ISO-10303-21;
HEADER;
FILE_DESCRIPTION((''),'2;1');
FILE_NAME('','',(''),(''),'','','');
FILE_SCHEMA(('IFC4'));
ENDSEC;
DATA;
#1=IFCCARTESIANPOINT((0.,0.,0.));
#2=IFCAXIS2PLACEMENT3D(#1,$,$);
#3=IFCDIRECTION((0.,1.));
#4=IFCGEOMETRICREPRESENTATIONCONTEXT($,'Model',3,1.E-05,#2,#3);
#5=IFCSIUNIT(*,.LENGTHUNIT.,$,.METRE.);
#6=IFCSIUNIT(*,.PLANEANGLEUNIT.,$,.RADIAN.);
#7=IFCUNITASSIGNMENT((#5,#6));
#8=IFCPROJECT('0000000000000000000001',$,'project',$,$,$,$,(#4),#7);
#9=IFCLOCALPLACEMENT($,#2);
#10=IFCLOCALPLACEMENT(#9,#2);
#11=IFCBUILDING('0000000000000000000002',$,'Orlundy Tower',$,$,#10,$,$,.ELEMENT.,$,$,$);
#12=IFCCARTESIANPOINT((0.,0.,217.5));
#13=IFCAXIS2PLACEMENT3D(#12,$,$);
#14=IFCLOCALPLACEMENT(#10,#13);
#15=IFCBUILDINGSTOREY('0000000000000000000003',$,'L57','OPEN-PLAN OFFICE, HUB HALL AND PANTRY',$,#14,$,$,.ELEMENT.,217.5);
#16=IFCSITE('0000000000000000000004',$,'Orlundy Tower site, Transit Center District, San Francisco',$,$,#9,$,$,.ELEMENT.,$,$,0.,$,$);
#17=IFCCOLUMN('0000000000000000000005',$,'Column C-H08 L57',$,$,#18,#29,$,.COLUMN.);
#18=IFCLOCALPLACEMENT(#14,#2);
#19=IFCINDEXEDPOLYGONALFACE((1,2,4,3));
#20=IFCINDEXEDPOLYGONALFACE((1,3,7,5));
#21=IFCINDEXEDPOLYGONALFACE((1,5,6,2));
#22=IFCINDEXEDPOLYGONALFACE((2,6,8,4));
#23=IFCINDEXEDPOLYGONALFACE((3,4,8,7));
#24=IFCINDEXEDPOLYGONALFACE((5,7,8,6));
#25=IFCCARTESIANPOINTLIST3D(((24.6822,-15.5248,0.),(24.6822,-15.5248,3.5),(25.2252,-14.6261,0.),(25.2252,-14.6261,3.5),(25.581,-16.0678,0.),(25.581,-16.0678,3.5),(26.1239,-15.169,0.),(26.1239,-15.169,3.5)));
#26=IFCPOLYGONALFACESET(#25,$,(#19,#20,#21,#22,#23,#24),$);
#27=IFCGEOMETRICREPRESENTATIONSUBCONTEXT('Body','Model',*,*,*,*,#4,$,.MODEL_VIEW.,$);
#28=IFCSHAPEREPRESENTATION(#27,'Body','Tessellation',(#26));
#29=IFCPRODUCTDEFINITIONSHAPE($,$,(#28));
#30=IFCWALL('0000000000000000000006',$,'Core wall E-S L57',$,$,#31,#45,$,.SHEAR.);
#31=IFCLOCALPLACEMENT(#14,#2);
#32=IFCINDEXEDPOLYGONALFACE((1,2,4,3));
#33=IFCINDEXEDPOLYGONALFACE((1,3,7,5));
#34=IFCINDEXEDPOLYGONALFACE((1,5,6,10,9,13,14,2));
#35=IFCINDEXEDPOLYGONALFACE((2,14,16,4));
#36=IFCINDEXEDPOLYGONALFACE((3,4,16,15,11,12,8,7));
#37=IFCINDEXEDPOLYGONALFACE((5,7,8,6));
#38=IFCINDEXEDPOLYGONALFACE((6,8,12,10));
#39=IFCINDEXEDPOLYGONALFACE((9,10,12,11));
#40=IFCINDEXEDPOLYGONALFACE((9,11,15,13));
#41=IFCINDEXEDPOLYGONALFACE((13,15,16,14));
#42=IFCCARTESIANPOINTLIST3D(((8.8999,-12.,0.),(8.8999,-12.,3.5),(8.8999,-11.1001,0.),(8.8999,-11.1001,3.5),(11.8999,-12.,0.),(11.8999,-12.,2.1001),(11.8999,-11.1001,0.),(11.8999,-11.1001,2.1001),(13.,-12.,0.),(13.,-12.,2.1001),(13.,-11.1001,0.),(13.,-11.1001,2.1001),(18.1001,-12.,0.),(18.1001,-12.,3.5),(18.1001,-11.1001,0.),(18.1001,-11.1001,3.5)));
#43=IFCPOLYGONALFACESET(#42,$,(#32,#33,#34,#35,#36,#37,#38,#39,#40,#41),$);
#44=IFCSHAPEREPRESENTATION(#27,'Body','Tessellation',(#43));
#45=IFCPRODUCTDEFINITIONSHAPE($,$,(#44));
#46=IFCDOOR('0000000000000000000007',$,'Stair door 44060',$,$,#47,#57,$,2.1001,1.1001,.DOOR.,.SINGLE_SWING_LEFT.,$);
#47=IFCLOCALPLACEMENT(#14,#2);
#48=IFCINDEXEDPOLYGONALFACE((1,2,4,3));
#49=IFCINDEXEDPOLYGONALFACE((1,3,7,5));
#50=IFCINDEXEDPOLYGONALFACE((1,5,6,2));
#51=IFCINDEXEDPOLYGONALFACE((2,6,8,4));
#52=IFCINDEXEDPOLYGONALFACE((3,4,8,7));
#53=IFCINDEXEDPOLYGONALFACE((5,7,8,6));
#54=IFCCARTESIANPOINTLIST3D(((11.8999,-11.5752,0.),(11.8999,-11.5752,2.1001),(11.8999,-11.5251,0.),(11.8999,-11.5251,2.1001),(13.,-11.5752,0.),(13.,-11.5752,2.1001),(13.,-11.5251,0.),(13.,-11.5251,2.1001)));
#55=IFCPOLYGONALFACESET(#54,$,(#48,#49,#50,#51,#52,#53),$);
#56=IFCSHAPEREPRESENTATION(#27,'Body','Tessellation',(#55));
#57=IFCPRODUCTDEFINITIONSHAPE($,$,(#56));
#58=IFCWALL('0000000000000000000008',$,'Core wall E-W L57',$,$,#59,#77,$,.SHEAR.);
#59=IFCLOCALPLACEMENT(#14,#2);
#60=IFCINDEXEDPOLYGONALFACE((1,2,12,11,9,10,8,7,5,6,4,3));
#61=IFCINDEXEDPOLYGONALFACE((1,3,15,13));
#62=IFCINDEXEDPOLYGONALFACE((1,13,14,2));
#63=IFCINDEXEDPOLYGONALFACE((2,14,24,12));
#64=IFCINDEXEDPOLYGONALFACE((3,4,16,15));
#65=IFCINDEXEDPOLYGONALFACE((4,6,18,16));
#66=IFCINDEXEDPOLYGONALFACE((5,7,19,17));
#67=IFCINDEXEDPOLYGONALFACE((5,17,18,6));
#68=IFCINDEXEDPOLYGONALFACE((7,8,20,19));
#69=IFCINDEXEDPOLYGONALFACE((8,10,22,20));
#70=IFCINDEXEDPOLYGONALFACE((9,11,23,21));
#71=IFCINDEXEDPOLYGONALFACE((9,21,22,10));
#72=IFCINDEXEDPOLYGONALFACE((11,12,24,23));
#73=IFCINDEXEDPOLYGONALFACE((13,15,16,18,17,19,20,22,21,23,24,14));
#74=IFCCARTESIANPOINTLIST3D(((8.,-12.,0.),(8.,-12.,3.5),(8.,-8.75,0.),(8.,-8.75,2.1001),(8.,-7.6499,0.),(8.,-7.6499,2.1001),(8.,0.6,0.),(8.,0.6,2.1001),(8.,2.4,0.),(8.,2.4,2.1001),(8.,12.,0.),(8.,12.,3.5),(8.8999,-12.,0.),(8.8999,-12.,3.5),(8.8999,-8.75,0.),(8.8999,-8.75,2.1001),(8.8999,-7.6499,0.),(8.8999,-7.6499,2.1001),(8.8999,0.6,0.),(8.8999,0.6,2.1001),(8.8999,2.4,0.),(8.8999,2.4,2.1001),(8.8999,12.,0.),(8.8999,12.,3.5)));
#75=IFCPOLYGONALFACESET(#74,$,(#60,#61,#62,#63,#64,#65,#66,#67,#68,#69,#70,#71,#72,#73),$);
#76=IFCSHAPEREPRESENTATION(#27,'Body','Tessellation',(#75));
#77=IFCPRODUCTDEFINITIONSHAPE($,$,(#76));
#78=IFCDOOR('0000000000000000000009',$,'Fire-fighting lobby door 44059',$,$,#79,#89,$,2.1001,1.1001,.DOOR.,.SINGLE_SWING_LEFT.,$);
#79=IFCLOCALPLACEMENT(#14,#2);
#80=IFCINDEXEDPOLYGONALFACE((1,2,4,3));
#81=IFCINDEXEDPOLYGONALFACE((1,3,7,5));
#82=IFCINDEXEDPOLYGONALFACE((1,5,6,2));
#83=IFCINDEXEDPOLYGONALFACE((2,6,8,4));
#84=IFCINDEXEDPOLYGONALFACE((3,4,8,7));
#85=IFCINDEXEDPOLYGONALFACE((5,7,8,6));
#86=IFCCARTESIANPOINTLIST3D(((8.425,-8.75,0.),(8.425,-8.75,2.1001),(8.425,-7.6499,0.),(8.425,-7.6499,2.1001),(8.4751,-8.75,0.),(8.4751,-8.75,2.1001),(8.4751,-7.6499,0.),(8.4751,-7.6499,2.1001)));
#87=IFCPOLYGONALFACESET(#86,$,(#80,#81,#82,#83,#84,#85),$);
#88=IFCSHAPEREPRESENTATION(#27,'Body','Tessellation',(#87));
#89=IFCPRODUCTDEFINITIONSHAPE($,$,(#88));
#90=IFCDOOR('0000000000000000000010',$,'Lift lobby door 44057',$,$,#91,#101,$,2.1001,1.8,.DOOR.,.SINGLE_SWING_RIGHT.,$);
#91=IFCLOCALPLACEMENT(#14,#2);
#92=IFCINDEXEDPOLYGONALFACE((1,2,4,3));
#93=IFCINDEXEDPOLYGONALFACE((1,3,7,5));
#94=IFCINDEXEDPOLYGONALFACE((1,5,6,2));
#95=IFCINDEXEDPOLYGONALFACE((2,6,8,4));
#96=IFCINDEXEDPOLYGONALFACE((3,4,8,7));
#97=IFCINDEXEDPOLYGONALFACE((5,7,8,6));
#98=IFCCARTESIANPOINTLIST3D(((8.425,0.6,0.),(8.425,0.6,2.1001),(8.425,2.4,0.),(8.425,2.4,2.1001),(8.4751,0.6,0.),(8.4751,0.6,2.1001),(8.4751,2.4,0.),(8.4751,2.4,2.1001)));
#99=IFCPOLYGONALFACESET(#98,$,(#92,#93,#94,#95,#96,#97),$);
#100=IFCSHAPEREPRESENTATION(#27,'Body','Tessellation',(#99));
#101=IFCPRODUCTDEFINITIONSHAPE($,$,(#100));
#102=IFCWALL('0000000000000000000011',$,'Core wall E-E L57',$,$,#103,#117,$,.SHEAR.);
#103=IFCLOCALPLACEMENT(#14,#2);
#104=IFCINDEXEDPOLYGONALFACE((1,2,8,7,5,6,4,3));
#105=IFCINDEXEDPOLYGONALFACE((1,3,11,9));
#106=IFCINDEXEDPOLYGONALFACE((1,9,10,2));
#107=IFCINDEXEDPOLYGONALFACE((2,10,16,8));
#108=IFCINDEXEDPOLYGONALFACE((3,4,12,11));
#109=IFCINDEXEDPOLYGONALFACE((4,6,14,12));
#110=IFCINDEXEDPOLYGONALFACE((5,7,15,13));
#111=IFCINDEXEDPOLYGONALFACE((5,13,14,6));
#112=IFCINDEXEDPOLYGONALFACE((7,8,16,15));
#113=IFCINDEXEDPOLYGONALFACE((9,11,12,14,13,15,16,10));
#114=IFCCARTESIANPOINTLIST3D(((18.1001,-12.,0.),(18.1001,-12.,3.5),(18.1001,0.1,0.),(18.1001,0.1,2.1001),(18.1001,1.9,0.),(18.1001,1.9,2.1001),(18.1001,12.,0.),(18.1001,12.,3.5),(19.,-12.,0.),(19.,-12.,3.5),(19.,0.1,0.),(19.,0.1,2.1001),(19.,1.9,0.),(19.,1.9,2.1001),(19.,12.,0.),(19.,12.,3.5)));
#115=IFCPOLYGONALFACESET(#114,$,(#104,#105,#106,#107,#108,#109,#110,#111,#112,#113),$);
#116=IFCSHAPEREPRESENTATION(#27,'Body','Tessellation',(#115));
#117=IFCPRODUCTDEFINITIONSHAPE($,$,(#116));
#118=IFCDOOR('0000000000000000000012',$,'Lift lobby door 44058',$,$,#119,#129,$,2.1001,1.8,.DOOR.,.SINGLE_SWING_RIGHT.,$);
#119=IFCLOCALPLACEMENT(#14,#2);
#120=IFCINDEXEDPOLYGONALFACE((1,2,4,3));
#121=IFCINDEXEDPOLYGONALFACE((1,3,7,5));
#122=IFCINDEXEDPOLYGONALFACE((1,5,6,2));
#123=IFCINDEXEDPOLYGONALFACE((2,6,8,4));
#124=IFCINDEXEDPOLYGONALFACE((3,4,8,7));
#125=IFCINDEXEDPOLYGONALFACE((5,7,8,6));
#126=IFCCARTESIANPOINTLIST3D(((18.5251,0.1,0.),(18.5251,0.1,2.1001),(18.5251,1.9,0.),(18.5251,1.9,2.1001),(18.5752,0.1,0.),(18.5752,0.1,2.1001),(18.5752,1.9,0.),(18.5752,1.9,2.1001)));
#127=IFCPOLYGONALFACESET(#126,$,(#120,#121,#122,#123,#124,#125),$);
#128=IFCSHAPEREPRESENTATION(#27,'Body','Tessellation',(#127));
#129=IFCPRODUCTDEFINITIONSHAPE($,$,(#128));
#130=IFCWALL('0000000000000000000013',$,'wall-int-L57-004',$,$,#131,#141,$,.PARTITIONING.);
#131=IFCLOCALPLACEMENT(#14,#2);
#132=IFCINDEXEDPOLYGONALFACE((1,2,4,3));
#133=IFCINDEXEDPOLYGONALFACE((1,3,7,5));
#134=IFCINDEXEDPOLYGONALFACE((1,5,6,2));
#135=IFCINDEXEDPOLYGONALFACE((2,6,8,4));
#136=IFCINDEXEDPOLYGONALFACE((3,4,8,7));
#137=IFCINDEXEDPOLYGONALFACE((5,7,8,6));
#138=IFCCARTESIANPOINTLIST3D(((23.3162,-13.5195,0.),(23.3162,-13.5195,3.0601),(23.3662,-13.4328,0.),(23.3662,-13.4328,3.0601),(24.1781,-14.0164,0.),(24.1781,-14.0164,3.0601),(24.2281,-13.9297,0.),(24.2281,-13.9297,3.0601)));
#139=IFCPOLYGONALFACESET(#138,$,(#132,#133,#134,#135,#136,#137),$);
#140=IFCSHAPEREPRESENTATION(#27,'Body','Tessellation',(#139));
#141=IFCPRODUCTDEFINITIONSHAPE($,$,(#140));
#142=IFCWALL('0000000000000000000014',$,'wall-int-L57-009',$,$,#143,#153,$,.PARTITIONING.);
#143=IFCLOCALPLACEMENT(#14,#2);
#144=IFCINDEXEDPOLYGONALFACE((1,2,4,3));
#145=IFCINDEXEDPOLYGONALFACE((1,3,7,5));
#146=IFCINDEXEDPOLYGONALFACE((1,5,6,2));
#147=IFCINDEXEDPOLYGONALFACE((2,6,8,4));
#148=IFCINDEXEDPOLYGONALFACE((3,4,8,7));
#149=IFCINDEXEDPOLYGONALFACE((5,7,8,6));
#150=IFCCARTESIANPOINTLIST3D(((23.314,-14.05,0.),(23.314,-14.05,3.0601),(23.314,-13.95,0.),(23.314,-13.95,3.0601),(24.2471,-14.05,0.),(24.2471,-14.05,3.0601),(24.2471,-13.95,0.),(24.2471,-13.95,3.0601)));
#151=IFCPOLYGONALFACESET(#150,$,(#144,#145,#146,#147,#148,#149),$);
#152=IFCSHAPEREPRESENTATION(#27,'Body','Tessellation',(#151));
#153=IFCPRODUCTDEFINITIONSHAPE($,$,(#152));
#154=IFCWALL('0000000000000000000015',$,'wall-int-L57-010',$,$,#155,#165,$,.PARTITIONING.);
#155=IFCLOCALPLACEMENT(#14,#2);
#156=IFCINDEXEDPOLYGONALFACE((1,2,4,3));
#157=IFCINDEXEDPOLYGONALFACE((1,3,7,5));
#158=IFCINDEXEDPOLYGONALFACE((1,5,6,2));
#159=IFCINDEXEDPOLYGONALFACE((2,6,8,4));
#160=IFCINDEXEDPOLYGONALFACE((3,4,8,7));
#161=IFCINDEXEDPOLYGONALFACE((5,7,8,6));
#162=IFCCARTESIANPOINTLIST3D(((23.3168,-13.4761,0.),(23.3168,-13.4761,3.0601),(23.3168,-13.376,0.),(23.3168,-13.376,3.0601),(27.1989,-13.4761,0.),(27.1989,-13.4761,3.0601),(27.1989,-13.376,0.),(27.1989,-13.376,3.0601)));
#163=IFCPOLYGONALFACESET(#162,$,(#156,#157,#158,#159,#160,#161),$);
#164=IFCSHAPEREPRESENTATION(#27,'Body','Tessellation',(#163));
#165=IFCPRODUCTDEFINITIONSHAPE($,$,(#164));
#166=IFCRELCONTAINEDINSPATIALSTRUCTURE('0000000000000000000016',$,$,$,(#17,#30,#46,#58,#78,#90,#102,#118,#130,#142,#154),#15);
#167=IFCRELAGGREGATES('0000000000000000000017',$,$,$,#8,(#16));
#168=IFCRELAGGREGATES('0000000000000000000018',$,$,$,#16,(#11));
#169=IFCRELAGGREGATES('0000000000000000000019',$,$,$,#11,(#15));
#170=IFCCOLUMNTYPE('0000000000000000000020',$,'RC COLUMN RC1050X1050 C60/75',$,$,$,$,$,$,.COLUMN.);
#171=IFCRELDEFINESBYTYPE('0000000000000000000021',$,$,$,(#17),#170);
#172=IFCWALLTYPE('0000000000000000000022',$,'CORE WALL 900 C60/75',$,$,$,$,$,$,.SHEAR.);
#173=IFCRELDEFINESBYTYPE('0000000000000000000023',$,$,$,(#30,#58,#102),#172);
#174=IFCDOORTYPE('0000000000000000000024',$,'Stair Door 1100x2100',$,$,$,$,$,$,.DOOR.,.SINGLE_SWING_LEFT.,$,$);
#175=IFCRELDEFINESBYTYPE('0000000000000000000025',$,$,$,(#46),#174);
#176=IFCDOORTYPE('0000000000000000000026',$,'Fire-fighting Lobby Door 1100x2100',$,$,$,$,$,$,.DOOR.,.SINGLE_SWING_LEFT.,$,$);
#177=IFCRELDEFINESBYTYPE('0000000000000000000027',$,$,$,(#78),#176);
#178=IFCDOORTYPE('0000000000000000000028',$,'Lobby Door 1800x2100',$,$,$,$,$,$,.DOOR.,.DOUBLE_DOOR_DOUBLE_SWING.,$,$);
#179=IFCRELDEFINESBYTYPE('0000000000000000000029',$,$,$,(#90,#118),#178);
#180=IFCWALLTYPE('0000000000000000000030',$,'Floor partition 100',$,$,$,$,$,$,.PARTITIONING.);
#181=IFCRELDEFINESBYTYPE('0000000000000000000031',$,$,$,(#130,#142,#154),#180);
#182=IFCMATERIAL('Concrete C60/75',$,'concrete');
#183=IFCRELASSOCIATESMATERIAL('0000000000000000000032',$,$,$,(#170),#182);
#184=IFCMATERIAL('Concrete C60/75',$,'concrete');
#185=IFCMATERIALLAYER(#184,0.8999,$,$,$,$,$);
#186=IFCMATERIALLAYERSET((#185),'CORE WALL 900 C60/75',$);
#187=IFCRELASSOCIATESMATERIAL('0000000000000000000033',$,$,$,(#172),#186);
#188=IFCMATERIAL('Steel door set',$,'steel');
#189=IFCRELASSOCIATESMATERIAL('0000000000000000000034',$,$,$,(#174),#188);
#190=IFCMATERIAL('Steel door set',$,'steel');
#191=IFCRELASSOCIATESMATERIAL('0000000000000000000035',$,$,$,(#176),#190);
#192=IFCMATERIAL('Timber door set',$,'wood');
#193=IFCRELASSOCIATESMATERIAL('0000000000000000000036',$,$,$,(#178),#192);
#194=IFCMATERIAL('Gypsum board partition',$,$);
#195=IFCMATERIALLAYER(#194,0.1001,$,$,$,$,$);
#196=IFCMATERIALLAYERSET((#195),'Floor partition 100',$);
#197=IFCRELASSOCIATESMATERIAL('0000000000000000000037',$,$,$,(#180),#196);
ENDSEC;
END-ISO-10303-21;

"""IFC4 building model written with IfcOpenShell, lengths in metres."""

from ifc_helpers import new_model, si_unit, direction, frame, frame_2d, origin, origin_2d, place, context, subcontext, project, spatial, rectangle, extrude, material, layer, layer_set, material_profile, profile_set, type_object, element, fill, save


model = new_model("IFC4")

# Units and contexts
model_context = context("Model", 3, precision=1e-05, world=origin(), true_north=direction((0.0, 1.0)))
body_context = subcontext(model_context, "Body", "Model", "MODEL_VIEW")
ifc_project = project(units=[si_unit("LENGTHUNIT", "METRE"), si_unit("PLANEANGLEUNIT", "RADIAN")], contexts=[model_context])

# Site, building, storey
site_placement = place(None, origin())
site = spatial("IfcSite", under=ifc_project, at=site_placement, Name="Orlundy Tower site, Transit Center District, San Francisco", CompositionType="ELEMENT", RefElevation=0.0)
building_placement = place(site_placement, origin())
building = spatial("IfcBuilding", under=site, at=building_placement, Name="Orlundy Tower", CompositionType="ELEMENT")
storey_placement = place(building_placement, frame((0.0, 0.0, 217.5)))
storey = spatial("IfcBuildingStorey", under=building, at=storey_placement, Name="L57", Description="OPEN-PLAN OFFICE, HUB HALL AND PANTRY", CompositionType="ELEMENT", Elevation=217.5)

# Column
ifc_material_1 = material(Name="Concrete C60/75", Category="concrete")
ifc_material_profile = material_profile(ifc_material_1, rectangle(XDim=1.05, YDim=1.05, at=origin_2d()), Name="RC1050X1050")
ifc_profile_set = profile_set([ifc_material_profile], Name="Concrete C60/75")
column_type = type_object("IfcColumnType", Name="RC COLUMN RC1050X1050 C60/75", PredefinedType="COLUMN", material=ifc_profile_set)
column_placement = place(storey_placement, frame((25.4031, -15.3469, 0.0), z_axis=(0.0, 0.0, 1.0), x_axis=(0.855924, -0.517101, 0.0)))
element("IfcColumn", 1, at=column_placement, inside=storey, type_object=column_type, Name="Column C-H08 L57", PredefinedType="COLUMN", context=body_context, shape_type="SweptSolid", body=[
    extrude(rectangle(XDim=1.05, YDim=1.05, at=origin_2d()), origin(), (0.0, 0.0, 1.0), 3.5),
])

# Wall, opening, door
ifc_material_2 = material(Name="Concrete C60/75", Category="concrete")
ifc_layer_1 = layer(ifc_material_2, 0.8999)
ifc_layer_set_1 = layer_set([ifc_layer_1], Name="CORE WALL 900 C60/75")
wall_type_1 = type_object("IfcWallType", Name="CORE WALL 900 C60/75", PredefinedType="SHEAR", material=ifc_layer_set_1)
wall_1_placement = place(storey_placement, frame((8.8999, -11.55, 0.0), z_axis=(0.0, 0.0, 1.0), x_axis=(1.0, 0.0, 0.0)))
wall_1 = element("IfcWall", 2, at=wall_1_placement, inside=storey, type_object=wall_type_1, Name="Core wall E-S L57", PredefinedType="SHEAR", context=body_context, shape_type="SweptSolid", body=[
    extrude(rectangle(XDim=9.2002, YDim=0.8999, at=frame_2d((4.6001, 0.0))), origin(), (0.0, 0.0, 1.0), 3.5),
])
opening_1_placement = place(wall_1_placement, frame((3.0, 0.0, 0.0)))
opening_1 = element("IfcOpeningElement", 3, at=opening_1_placement, cuts=wall_1, PredefinedType="OPENING", context=body_context, shape_type="SweptSolid", body=[
    extrude(rectangle(XDim=1.1001, YDim=2.1001, at=frame_2d((0.55, 1.05))), frame((0.0, 0.46, 0.0), z_axis=(0.0, -1.0, 0.0), x_axis=(1.0, 0.0, 0.0)), (0.0, 0.0, 1.0), 0.9199),
])
ifc_material_3 = material(Name="Steel door set", Category="steel")
door_type_1 = type_object("IfcDoorType", Name="Stair Door 1100x2100", OperationType="SINGLE_SWING_LEFT", PredefinedType="DOOR", material=ifc_material_3)
door_1_placement = place(opening_1_placement, origin())
door_1 = element("IfcDoor", 4, at=door_1_placement, inside=storey, type_object=door_type_1, Name="Stair door 44060", OperationType="SINGLE_SWING_LEFT", OverallHeight=2.1001, OverallWidth=1.1001, PredefinedType="DOOR", context=body_context, shape_type="SweptSolid", body=[
    extrude(rectangle(XDim=1.1001, YDim=2.1001, at=frame_2d((0.55, 1.05))), frame((0.0, 0.0249, 0.0), z_axis=(0.0, -1.0, 0.0), x_axis=(1.0, 0.0, 0.0)), (0.0, 0.0, 1.0), 0.05),
])
fill(opening_1, door_1)

# Wall, openings, doors
wall_2_placement = place(storey_placement, frame((8.45, -12.0, 0.0), z_axis=(0.0, 0.0, 1.0), x_axis=(0.0, 1.0, 0.0)))
wall_2 = element("IfcWall", 5, at=wall_2_placement, inside=storey, type_object=wall_type_1, Name="Core wall E-W L57", PredefinedType="SHEAR", context=body_context, shape_type="SweptSolid", body=[
    extrude(rectangle(XDim=24.0, YDim=0.8999, at=frame_2d((12.0, 0.0))), origin(), (0.0, 0.0, 1.0), 3.5),
])
opening_2_placement = place(wall_2_placement, frame((12.6001, 0.0, 0.0)))
opening_2 = element("IfcOpeningElement", 6, at=opening_2_placement, cuts=wall_2, PredefinedType="OPENING", context=body_context, shape_type="SweptSolid", body=[
    extrude(rectangle(XDim=1.8, YDim=2.1001, at=frame_2d((0.8999, 1.05))), frame((0.0, 0.46, 0.0), z_axis=(0.0, -1.0, 0.0), x_axis=(1.0, 0.0, 0.0)), (0.0, 0.0, 1.0), 0.9199),
])
opening_3_placement = place(wall_2_placement, frame((3.25, 0.0, 0.0)))
opening_3 = element("IfcOpeningElement", 7, at=opening_3_placement, cuts=wall_2, PredefinedType="OPENING", context=body_context, shape_type="SweptSolid", body=[
    extrude(rectangle(XDim=1.1001, YDim=2.1001, at=frame_2d((0.55, 1.05))), frame((0.0, 0.46, 0.0), z_axis=(0.0, -1.0, 0.0), x_axis=(1.0, 0.0, 0.0)), (0.0, 0.0, 1.0), 0.9199),
])
ifc_material_4 = material(Name="Steel door set", Category="steel")
door_type_2 = type_object("IfcDoorType", Name="Fire-fighting Lobby Door 1100x2100", OperationType="SINGLE_SWING_LEFT", PredefinedType="DOOR", material=ifc_material_4)
door_2_placement = place(opening_3_placement, origin())
door_2 = element("IfcDoor", 8, at=door_2_placement, inside=storey, type_object=door_type_2, Name="Fire-fighting lobby door 44059", OperationType="SINGLE_SWING_LEFT", OverallHeight=2.1001, OverallWidth=1.1001, PredefinedType="DOOR", context=body_context, shape_type="SweptSolid", body=[
    extrude(rectangle(XDim=1.1001, YDim=2.1001, at=frame_2d((0.55, 1.05))), frame((0.0, 0.0249, 0.0), z_axis=(0.0, -1.0, 0.0), x_axis=(1.0, 0.0, 0.0)), (0.0, 0.0, 1.0), 0.05),
])
fill(opening_3, door_2)
ifc_material_5 = material(Name="Timber door set", Category="wood")
door_type_3 = type_object("IfcDoorType", Name="Lobby Door 1800x2100", OperationType="DOUBLE_DOOR_DOUBLE_SWING", PredefinedType="DOOR", material=ifc_material_5)
door_3_placement = place(opening_2_placement, origin())
door_3 = element("IfcDoor", 9, at=door_3_placement, inside=storey, type_object=door_type_3, Name="Lift lobby door 44057", OperationType="SINGLE_SWING_RIGHT", OverallHeight=2.1001, OverallWidth=1.8, PredefinedType="DOOR", context=body_context, shape_type="SweptSolid", body=[
    extrude(rectangle(XDim=1.8, YDim=2.1001, at=frame_2d((0.8999, 1.05))), frame((0.0, 0.0249, 0.0), z_axis=(0.0, -1.0, 0.0), x_axis=(1.0, 0.0, 0.0)), (0.0, 0.0, 1.0), 0.05),
])
fill(opening_2, door_3)

# Wall, opening, door
wall_3_placement = place(storey_placement, frame((18.55, -12.0, 0.0), z_axis=(0.0, 0.0, 1.0), x_axis=(0.0, 1.0, 0.0)))
wall_3 = element("IfcWall", 10, at=wall_3_placement, inside=storey, type_object=wall_type_1, Name="Core wall E-E L57", PredefinedType="SHEAR", context=body_context, shape_type="SweptSolid", body=[
    extrude(rectangle(XDim=24.0, YDim=0.8999, at=frame_2d((12.0, 0.0))), origin(), (0.0, 0.0, 1.0), 3.5),
])
opening_4_placement = place(wall_3_placement, frame((12.1001, 0.0, 0.0)))
opening_4 = element("IfcOpeningElement", 11, at=opening_4_placement, cuts=wall_3, PredefinedType="OPENING", context=body_context, shape_type="SweptSolid", body=[
    extrude(rectangle(XDim=1.8, YDim=2.1001, at=frame_2d((0.8999, 1.05))), frame((0.0, 0.46, 0.0), z_axis=(0.0, -1.0, 0.0), x_axis=(1.0, 0.0, 0.0)), (0.0, 0.0, 1.0), 0.9199),
])
door_4_placement = place(opening_4_placement, origin())
door_4 = element("IfcDoor", 12, at=door_4_placement, inside=storey, type_object=door_type_3, Name="Lift lobby door 44058", OperationType="SINGLE_SWING_RIGHT", OverallHeight=2.1001, OverallWidth=1.8, PredefinedType="DOOR", context=body_context, shape_type="SweptSolid", body=[
    extrude(rectangle(XDim=1.8, YDim=2.1001, at=frame_2d((0.8999, 1.05))), frame((0.0, 0.0249, 0.0), z_axis=(0.0, -1.0, 0.0), x_axis=(1.0, 0.0, 0.0)), (0.0, 0.0, 1.0), 0.05),
])
fill(opening_4, door_4)

# Walls
ifc_material_6 = material(Name="Gypsum board partition")
ifc_layer_2 = layer(ifc_material_6, 0.1001)
ifc_layer_set_2 = layer_set([ifc_layer_2], Name="Floor partition 100")
wall_type_2 = type_object("IfcWallType", Name="Floor partition 100", PredefinedType="PARTITIONING", material=ifc_layer_set_2)
wall_4_placement = place(storey_placement, frame((23.3411, -13.4761, 0.0), z_axis=(0.0, 0.0, 1.0), x_axis=(0.866349, -0.499439, 0.0)))
element("IfcWall", 13, at=wall_4_placement, inside=storey, type_object=wall_type_2, Name="wall-int-L57-004", PredefinedType="PARTITIONING", context=body_context, shape_type="SweptSolid", body=[
    extrude(rectangle(XDim=0.9949, YDim=0.1001, at=frame_2d((0.4976, 0.0))), origin(), (0.0, 0.0, 1.0), 3.0601),
])
wall_5_placement = place(storey_placement, frame((23.314, -14.0, 0.0), z_axis=(0.0, 0.0, 1.0), x_axis=(1.0, 0.0, 0.0)))
element("IfcWall", 14, at=wall_5_placement, inside=storey, type_object=wall_type_2, Name="wall-int-L57-009", PredefinedType="PARTITIONING", context=body_context, shape_type="SweptSolid", body=[
    extrude(rectangle(XDim=0.9331, YDim=0.1001, at=frame_2d((0.4666, 0.0))), origin(), (0.0, 0.0, 1.0), 3.0601),
])
wall_6_placement = place(storey_placement, frame((23.3169, -13.426, 0.0), z_axis=(0.0, 0.0, 1.0), x_axis=(1.0, 0.0, 0.0)))
element("IfcWall", 15, at=wall_6_placement, inside=storey, type_object=wall_type_2, Name="wall-int-L57-010", PredefinedType="PARTITIONING", context=body_context, shape_type="SweptSolid", body=[
    extrude(rectangle(XDim=3.8821, YDim=0.1001, at=frame_2d((1.9409, 0.0))), origin(), (0.0, 0.0, 1.0), 3.0601),
])

save(model, "model.ifc")
